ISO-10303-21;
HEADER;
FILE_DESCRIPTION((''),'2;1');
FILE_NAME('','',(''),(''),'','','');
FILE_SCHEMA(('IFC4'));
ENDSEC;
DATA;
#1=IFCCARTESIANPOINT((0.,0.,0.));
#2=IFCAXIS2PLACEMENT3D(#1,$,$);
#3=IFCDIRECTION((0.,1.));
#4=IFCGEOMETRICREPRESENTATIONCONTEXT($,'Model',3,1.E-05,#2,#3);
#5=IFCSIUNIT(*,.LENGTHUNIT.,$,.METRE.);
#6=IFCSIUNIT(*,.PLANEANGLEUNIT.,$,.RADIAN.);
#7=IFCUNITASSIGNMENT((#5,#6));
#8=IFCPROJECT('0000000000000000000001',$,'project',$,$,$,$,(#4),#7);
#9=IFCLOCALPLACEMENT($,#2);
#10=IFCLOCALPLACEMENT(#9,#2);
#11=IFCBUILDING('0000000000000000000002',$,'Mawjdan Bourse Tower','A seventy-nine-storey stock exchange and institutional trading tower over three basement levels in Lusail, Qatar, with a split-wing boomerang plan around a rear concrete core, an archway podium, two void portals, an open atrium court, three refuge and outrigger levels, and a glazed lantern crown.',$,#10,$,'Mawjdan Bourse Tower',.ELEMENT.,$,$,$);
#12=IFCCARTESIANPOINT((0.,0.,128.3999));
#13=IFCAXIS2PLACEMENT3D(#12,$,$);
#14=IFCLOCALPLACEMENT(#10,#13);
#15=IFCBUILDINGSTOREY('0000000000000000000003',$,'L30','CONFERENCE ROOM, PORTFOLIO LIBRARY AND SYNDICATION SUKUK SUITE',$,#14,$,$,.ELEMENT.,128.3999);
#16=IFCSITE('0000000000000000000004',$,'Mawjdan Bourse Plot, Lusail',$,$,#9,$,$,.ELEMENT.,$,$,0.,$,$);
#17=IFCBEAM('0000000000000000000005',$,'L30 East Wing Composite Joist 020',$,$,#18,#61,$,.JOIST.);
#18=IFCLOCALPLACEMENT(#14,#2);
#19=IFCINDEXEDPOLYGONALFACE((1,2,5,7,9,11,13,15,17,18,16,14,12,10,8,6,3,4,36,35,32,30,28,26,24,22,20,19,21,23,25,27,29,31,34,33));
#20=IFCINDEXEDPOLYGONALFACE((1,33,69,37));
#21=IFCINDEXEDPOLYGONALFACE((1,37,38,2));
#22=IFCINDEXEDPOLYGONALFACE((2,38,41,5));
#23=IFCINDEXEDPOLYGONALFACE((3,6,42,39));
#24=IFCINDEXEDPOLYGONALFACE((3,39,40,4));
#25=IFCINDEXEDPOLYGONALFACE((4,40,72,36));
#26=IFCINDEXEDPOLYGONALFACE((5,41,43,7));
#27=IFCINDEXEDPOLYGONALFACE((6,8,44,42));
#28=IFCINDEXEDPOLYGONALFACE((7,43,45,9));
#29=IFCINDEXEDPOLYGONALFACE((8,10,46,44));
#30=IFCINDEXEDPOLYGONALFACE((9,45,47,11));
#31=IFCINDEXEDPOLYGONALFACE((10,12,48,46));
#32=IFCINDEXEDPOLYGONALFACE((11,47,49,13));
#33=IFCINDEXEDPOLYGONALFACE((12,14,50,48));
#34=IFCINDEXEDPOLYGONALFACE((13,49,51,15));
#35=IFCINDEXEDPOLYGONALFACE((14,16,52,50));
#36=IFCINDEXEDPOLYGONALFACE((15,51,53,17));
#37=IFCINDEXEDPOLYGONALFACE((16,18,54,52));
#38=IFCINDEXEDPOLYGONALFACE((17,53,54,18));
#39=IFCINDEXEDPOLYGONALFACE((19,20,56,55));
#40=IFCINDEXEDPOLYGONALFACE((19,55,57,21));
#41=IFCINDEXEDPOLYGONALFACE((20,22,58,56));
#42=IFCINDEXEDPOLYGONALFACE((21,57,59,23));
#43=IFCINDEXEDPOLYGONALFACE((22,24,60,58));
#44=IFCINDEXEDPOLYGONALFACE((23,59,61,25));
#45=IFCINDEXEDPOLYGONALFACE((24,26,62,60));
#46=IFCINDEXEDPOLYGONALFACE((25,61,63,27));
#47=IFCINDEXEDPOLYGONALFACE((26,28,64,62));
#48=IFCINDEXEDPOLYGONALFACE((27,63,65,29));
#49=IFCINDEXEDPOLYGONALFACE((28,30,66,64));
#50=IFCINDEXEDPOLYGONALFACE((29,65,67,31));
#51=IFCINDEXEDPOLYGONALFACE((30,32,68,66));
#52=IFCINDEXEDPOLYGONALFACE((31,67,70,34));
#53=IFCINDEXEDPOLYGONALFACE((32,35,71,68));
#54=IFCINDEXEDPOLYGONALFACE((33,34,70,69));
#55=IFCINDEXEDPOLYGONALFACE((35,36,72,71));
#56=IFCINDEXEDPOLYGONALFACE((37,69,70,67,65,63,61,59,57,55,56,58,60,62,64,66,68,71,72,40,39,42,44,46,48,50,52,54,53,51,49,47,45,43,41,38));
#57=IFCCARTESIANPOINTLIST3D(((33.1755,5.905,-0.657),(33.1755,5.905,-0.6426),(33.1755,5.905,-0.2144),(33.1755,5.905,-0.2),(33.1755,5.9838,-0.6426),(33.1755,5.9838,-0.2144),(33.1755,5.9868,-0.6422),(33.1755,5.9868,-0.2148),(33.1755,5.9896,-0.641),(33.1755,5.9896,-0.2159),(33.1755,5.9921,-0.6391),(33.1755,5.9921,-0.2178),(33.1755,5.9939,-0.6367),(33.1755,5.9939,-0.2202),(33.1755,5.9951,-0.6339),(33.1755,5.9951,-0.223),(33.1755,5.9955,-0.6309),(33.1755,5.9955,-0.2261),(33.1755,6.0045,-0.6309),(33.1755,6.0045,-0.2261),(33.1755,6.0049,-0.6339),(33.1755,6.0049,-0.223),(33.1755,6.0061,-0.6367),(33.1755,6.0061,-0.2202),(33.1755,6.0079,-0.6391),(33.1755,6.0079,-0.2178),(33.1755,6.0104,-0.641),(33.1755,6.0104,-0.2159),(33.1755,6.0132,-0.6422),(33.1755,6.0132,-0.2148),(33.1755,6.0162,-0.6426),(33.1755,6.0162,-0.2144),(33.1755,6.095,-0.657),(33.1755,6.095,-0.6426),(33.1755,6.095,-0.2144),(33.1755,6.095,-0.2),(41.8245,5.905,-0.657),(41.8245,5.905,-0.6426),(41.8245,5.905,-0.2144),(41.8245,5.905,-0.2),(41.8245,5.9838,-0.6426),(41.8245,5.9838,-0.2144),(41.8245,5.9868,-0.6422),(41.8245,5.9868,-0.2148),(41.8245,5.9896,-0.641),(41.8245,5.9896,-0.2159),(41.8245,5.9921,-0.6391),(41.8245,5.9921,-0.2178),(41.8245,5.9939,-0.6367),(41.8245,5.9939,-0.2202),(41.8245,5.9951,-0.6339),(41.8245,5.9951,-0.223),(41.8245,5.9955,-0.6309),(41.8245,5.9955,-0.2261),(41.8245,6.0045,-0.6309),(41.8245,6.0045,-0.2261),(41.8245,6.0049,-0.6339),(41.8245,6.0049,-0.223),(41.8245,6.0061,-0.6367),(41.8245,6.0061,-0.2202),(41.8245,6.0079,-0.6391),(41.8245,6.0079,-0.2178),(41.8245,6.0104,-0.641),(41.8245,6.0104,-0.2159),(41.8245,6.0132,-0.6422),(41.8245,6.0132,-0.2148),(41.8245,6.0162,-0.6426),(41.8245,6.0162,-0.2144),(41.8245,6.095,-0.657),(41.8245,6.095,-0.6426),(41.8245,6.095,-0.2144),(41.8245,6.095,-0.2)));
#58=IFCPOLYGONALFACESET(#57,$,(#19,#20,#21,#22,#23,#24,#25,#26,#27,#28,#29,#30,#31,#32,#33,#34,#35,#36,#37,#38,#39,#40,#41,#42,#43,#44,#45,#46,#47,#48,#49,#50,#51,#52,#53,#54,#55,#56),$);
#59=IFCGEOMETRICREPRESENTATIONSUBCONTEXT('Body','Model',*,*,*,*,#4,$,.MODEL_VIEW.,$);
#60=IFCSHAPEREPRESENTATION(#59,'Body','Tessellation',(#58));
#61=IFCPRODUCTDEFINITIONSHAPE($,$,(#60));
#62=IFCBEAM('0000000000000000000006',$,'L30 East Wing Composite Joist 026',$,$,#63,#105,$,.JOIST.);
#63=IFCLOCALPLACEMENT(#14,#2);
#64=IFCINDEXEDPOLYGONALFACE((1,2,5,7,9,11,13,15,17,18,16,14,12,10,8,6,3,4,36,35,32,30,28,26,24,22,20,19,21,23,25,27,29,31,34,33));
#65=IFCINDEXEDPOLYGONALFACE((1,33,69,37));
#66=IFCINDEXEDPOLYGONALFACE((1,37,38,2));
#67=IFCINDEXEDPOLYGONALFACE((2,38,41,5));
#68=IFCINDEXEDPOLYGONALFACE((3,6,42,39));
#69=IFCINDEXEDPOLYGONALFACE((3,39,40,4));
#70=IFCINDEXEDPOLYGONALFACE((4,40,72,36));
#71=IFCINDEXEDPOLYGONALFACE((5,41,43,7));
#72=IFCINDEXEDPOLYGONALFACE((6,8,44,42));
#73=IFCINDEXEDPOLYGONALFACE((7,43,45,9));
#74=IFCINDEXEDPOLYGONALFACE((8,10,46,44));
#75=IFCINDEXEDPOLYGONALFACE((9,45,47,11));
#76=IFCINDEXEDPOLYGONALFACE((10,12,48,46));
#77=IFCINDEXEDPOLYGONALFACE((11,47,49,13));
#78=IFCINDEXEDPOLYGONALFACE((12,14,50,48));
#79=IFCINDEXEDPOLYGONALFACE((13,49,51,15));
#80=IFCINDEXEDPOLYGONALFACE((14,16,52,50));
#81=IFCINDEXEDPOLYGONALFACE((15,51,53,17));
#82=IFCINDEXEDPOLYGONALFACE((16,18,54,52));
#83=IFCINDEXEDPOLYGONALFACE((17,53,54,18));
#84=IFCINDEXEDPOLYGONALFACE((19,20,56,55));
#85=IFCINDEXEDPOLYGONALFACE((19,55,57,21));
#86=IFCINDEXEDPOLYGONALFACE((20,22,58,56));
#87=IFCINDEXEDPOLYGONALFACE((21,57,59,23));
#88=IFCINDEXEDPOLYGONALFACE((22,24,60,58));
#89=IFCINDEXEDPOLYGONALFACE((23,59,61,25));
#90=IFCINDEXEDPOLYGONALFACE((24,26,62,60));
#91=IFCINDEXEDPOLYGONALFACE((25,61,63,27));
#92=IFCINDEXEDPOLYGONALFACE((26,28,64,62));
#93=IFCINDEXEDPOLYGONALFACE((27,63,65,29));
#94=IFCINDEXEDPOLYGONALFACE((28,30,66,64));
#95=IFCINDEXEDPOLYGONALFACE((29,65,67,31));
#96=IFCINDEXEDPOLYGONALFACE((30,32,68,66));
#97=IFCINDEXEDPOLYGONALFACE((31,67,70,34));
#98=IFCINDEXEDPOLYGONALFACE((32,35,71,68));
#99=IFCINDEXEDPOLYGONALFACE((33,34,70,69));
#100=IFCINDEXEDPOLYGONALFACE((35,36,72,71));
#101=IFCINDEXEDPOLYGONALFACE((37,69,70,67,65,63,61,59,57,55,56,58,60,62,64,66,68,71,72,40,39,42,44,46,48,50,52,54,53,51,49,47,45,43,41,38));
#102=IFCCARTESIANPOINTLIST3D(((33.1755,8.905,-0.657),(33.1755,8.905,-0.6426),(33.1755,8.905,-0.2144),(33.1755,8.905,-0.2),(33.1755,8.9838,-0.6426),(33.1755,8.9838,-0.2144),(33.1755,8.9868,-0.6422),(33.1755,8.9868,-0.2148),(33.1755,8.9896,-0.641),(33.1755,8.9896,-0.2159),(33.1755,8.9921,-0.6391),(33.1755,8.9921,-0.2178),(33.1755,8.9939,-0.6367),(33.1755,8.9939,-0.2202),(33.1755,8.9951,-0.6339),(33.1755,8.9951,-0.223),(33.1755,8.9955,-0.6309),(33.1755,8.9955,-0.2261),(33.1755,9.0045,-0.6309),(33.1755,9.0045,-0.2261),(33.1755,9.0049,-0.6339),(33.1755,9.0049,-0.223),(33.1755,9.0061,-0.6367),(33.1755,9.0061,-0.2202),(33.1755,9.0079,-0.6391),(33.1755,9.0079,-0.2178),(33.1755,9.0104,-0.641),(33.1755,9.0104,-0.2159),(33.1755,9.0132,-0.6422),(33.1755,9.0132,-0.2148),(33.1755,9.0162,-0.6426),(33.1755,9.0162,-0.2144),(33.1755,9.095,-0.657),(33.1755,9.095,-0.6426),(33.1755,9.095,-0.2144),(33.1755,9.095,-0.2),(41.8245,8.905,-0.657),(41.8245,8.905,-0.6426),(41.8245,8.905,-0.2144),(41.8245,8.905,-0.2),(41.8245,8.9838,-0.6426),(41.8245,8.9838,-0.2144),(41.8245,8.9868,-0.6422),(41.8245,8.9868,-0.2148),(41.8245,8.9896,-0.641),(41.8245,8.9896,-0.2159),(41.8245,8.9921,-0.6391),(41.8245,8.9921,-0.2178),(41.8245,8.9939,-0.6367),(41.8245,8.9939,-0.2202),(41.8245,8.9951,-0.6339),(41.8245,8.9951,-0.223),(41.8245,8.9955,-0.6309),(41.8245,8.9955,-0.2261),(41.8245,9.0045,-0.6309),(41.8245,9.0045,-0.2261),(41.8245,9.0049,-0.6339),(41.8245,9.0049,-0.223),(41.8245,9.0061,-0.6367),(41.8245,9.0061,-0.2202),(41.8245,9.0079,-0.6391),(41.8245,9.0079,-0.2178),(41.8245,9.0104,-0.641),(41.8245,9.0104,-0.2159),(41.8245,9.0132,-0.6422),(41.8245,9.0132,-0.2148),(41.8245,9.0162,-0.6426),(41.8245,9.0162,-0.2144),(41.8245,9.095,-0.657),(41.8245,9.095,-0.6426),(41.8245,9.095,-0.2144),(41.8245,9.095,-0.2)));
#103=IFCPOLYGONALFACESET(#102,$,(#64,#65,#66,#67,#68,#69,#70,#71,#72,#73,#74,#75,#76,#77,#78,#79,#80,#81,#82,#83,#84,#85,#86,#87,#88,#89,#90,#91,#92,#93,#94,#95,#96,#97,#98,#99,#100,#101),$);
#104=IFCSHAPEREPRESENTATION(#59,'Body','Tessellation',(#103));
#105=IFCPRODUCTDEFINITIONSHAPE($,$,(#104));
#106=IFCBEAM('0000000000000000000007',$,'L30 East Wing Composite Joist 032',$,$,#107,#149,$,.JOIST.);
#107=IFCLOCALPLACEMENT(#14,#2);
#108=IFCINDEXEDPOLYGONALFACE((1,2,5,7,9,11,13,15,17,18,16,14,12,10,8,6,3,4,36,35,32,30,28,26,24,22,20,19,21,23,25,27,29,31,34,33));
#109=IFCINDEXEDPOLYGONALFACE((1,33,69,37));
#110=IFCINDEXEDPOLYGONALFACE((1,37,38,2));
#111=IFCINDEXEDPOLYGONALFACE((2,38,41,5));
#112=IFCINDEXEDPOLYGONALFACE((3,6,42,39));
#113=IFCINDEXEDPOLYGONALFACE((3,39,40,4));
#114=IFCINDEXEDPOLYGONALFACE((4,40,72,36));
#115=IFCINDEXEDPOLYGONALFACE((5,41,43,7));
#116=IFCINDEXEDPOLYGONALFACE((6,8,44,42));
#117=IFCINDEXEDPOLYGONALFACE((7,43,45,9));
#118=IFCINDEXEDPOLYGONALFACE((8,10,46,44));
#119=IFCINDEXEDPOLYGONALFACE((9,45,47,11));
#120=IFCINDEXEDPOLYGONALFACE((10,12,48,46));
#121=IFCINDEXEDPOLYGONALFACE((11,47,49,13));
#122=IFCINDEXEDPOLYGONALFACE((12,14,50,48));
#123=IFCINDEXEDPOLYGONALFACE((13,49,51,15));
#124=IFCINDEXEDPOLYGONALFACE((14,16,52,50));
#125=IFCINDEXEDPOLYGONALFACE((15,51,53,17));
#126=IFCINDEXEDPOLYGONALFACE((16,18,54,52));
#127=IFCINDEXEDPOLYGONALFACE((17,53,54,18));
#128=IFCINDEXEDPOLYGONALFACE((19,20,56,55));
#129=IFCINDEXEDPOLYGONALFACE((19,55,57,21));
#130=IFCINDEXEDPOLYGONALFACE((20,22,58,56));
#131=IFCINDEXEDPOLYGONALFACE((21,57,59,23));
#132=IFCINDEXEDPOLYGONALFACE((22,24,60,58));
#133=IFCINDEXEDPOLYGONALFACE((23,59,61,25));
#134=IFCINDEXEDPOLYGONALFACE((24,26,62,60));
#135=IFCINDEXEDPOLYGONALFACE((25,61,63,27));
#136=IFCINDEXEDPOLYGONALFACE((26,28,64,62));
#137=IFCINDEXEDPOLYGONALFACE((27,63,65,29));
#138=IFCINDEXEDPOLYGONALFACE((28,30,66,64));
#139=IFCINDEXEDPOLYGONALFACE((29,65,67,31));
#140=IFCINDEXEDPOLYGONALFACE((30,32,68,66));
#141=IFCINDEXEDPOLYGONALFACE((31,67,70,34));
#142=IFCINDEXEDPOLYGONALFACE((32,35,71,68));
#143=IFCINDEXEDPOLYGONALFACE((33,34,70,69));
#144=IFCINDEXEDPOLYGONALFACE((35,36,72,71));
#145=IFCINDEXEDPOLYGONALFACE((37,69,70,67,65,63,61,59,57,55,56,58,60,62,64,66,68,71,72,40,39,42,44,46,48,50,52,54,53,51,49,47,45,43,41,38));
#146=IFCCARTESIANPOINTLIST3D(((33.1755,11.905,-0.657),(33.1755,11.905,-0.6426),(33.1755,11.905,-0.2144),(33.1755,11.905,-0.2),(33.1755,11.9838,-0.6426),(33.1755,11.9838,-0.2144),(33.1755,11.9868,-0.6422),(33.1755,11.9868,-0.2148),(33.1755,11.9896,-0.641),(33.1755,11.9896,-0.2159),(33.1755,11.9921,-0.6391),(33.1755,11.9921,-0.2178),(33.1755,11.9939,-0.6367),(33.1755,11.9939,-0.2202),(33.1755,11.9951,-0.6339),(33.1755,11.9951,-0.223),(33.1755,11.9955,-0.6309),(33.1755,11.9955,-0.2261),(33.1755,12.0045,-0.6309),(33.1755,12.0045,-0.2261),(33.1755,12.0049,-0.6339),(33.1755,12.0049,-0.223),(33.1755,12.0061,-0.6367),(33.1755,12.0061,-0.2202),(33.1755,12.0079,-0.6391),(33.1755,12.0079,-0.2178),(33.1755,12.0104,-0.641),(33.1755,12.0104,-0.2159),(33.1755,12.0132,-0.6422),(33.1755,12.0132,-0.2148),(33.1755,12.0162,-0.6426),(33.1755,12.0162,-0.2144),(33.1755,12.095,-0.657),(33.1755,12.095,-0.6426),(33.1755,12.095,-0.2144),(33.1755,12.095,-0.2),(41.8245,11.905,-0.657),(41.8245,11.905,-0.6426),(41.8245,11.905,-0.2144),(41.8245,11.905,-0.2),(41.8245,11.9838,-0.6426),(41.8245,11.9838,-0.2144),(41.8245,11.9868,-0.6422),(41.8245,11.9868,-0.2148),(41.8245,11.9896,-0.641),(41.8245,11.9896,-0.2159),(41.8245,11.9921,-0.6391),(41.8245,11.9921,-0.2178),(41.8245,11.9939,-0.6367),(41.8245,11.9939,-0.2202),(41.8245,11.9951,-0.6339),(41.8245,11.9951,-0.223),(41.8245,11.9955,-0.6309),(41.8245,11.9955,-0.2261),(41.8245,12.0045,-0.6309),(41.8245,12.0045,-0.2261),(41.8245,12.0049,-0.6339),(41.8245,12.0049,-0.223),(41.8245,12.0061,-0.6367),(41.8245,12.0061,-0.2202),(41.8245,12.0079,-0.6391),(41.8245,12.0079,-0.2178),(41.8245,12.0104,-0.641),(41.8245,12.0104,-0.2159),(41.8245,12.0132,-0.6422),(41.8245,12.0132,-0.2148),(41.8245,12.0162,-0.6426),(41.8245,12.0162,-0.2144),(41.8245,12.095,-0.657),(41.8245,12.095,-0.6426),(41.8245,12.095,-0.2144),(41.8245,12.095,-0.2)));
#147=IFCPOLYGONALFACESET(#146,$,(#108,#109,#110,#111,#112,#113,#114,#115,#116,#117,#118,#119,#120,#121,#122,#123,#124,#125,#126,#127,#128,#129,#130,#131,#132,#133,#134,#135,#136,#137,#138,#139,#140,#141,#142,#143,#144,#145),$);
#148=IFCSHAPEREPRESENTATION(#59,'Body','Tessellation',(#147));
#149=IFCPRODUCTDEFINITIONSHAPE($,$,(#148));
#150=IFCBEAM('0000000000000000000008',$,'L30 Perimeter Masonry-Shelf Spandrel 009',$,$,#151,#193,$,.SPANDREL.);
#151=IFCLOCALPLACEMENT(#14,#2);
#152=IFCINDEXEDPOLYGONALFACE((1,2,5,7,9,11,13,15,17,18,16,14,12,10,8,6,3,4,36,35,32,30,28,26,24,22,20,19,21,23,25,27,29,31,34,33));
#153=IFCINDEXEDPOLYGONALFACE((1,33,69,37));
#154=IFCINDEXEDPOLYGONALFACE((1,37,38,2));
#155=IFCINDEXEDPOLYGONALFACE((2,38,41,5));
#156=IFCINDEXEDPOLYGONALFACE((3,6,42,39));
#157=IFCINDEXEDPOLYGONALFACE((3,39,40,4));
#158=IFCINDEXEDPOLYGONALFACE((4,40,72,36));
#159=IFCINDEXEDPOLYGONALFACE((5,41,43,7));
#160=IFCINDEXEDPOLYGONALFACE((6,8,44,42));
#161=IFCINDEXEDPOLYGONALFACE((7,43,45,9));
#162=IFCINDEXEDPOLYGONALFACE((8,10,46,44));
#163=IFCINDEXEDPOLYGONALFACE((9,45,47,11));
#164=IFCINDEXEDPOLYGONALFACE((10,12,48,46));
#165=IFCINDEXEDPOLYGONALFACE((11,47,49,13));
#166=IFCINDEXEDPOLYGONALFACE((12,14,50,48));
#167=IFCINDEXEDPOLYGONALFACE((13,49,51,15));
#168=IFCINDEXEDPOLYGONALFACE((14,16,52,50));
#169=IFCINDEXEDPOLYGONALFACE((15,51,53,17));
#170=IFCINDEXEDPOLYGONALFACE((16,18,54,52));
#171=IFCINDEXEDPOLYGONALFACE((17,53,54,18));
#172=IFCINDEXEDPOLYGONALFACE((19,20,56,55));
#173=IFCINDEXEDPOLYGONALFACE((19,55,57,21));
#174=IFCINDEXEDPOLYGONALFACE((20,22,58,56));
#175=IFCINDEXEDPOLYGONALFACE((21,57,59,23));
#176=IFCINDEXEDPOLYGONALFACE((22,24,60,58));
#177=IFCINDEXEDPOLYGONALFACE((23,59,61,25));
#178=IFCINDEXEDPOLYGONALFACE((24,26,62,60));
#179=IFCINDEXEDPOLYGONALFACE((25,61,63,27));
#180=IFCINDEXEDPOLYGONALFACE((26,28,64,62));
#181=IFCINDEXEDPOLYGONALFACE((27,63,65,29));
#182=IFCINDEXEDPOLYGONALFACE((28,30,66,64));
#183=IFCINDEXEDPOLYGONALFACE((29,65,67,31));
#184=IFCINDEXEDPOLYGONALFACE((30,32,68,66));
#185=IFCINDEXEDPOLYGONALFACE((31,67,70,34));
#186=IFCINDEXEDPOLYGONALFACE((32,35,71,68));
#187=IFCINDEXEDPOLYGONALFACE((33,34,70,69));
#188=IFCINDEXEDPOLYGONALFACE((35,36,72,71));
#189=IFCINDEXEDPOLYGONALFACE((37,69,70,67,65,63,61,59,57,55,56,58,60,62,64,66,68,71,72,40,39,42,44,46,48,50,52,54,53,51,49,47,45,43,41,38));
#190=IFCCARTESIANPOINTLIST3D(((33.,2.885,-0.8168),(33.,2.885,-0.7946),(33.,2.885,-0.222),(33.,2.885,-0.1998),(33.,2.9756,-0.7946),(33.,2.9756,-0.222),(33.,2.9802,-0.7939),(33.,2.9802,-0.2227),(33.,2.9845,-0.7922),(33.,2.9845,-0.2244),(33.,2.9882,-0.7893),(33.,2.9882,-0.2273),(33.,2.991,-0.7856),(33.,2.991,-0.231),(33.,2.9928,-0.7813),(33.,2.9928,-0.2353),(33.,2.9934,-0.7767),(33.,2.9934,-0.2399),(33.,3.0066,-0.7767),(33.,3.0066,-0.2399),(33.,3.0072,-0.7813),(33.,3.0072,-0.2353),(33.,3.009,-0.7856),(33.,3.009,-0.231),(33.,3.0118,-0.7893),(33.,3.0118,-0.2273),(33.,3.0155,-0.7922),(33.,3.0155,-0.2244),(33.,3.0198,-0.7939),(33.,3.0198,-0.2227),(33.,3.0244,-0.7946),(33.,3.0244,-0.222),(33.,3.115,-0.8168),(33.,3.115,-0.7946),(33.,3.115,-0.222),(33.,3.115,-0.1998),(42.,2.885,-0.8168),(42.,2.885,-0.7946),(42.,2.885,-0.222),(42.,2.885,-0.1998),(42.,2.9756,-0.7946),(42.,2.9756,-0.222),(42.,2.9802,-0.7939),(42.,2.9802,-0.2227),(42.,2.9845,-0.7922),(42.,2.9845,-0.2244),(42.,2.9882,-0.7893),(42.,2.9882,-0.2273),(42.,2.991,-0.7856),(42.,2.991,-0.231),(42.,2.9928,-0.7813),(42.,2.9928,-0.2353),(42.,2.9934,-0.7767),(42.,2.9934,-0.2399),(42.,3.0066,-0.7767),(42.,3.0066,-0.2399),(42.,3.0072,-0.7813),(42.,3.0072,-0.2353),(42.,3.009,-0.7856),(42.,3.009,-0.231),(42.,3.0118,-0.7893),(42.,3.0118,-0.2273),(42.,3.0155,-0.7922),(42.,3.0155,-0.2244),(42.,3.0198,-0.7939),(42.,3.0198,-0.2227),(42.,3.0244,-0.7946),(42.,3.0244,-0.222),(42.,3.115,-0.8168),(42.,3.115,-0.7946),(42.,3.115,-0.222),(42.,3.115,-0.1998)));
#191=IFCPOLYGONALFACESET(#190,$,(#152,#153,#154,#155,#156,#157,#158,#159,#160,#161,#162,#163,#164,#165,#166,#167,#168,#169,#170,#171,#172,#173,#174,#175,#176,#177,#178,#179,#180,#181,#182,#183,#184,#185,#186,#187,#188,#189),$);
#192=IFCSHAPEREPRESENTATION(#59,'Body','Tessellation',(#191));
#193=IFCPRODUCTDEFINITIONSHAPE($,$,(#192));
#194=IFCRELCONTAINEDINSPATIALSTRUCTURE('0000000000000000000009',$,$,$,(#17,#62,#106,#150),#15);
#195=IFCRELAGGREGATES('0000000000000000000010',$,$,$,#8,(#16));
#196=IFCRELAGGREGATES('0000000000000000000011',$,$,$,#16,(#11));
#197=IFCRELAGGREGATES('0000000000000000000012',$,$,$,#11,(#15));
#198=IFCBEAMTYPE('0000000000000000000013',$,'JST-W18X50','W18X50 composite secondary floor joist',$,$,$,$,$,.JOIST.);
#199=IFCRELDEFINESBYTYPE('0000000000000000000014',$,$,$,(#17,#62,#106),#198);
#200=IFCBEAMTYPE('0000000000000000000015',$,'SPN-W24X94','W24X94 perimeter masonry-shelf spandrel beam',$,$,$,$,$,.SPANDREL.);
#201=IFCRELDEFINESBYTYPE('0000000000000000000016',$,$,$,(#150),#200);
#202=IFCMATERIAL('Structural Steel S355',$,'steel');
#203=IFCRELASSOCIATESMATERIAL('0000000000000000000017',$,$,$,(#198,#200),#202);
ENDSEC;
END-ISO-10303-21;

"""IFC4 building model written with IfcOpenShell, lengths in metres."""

from ifc_helpers import new_model, si_unit, direction, frame, origin, origin_2d, place, context, subcontext, project, spatial, i_section, extrude, material, material_profile, profile_set, type_object, element, save


model = new_model("IFC4")

# Units and contexts
model_context = context("Model", 3, precision=1e-05, world=origin(), true_north=direction((0.0, 1.0)))
body_context = subcontext(model_context, "Body", "Model", "MODEL_VIEW")
ifc_project = project(units=[si_unit("LENGTHUNIT", "METRE"), si_unit("PLANEANGLEUNIT", "RADIAN")], contexts=[model_context])

# Site, building, storey
site_placement = place(None, origin())
site = spatial("IfcSite", under=ifc_project, at=site_placement, Name="Mawjdan Bourse Plot, Lusail", CompositionType="ELEMENT", RefElevation=0.0)
building_placement = place(site_placement, origin())
building = spatial("IfcBuilding", under=site, at=building_placement, Name="Mawjdan Bourse Tower", Description="A seventy-nine-storey stock exchange and institutional trading tower over three basement levels in Lusail, Qatar, with a split-wing boomerang plan around a rear concrete core, an archway podium, two void portals, an open atrium court, three refuge and outrigger levels, and a glazed lantern crown.", LongName="Mawjdan Bourse Tower", CompositionType="ELEMENT")
storey_placement = place(building_placement, frame((0.0, 0.0, 128.3999)))
storey = spatial("IfcBuildingStorey", under=building, at=storey_placement, Name="L30", Description="CONFERENCE ROOM, PORTFOLIO LIBRARY AND SYNDICATION SUKUK SUITE", CompositionType="ELEMENT", Elevation=128.3999)

# Beams
ifc_material_1 = material(Name="Structural Steel S355", Category="steel")
ifc_material_profile_1 = material_profile(ifc_material_1, i_section(OverallWidth=0.1899, OverallDepth=0.457, WebThickness=0.009, FlangeThickness=0.0144, FilletRadius=0.0117, at=origin_2d()), Name="W18X50")
ifc_profile_set_1 = profile_set([ifc_material_profile_1], Name="Structural Steel S355")
beam_type_1 = type_object("IfcBeamType", Name="JST-W18X50", Description="W18X50 composite secondary floor joist", PredefinedType="JOIST", material=ifc_profile_set_1)
for number, where, z_axis, x_axis, name in (
    (1, (33.1755, 6.0, -0.4285), (1.0, 0.0, 0.0), (0.0, 1.0, 0.0), "L30 East Wing Composite Joist 020"),
    (2, (33.1755, 9.0, -0.4285), (1.0, 0.0, 0.0), (0.0, 1.0, 0.0), "L30 East Wing Composite Joist 026"),
    (3, (33.1755, 12.0, -0.4285), (1.0, 0.0, 0.0), (0.0, 1.0, 0.0), "L30 East Wing Composite Joist 032"),
):
    element("IfcBeam", number, at=place(storey_placement, frame(where, z_axis=z_axis, x_axis=x_axis)), inside=storey, type_object=beam_type_1, Name=name, PredefinedType="JOIST", context=body_context, shape_type="SweptSolid", body=[
        extrude(i_section(OverallWidth=0.1899, OverallDepth=0.457, WebThickness=0.009, FlangeThickness=0.0144, FilletRadius=0.0117, at=origin_2d()), origin(), (0.0, 0.0, 1.0), 8.6489),
    ])
ifc_material_profile_2 = material_profile(ifc_material_1, i_section(OverallWidth=0.23, OverallDepth=0.6169, WebThickness=0.0132, FlangeThickness=0.0222, FilletRadius=0.0178, at=origin_2d()), Name="W24X94")
ifc_profile_set_2 = profile_set([ifc_material_profile_2], Name="Structural Steel S355")
beam_type_2 = type_object("IfcBeamType", Name="SPN-W24X94", Description="W24X94 perimeter masonry-shelf spandrel beam", PredefinedType="SPANDREL", material=ifc_profile_set_2)
beam_1_placement = place(storey_placement, frame((33.0, 3.0, -0.5083), z_axis=(1.0, 0.0, 0.0), x_axis=(0.0, 1.0, 0.0)))
element("IfcBeam", 4, at=beam_1_placement, inside=storey, type_object=beam_type_2, Name="L30 Perimeter Masonry-Shelf Spandrel 009", PredefinedType="SPANDREL", context=body_context, shape_type="SweptSolid", body=[
    extrude(i_section(OverallWidth=0.23, OverallDepth=0.6169, WebThickness=0.0132, FlangeThickness=0.0222, FilletRadius=0.0178, at=origin_2d()), origin(), (0.0, 0.0, 1.0), 9.0),
])

save(model, "model.ifc")
